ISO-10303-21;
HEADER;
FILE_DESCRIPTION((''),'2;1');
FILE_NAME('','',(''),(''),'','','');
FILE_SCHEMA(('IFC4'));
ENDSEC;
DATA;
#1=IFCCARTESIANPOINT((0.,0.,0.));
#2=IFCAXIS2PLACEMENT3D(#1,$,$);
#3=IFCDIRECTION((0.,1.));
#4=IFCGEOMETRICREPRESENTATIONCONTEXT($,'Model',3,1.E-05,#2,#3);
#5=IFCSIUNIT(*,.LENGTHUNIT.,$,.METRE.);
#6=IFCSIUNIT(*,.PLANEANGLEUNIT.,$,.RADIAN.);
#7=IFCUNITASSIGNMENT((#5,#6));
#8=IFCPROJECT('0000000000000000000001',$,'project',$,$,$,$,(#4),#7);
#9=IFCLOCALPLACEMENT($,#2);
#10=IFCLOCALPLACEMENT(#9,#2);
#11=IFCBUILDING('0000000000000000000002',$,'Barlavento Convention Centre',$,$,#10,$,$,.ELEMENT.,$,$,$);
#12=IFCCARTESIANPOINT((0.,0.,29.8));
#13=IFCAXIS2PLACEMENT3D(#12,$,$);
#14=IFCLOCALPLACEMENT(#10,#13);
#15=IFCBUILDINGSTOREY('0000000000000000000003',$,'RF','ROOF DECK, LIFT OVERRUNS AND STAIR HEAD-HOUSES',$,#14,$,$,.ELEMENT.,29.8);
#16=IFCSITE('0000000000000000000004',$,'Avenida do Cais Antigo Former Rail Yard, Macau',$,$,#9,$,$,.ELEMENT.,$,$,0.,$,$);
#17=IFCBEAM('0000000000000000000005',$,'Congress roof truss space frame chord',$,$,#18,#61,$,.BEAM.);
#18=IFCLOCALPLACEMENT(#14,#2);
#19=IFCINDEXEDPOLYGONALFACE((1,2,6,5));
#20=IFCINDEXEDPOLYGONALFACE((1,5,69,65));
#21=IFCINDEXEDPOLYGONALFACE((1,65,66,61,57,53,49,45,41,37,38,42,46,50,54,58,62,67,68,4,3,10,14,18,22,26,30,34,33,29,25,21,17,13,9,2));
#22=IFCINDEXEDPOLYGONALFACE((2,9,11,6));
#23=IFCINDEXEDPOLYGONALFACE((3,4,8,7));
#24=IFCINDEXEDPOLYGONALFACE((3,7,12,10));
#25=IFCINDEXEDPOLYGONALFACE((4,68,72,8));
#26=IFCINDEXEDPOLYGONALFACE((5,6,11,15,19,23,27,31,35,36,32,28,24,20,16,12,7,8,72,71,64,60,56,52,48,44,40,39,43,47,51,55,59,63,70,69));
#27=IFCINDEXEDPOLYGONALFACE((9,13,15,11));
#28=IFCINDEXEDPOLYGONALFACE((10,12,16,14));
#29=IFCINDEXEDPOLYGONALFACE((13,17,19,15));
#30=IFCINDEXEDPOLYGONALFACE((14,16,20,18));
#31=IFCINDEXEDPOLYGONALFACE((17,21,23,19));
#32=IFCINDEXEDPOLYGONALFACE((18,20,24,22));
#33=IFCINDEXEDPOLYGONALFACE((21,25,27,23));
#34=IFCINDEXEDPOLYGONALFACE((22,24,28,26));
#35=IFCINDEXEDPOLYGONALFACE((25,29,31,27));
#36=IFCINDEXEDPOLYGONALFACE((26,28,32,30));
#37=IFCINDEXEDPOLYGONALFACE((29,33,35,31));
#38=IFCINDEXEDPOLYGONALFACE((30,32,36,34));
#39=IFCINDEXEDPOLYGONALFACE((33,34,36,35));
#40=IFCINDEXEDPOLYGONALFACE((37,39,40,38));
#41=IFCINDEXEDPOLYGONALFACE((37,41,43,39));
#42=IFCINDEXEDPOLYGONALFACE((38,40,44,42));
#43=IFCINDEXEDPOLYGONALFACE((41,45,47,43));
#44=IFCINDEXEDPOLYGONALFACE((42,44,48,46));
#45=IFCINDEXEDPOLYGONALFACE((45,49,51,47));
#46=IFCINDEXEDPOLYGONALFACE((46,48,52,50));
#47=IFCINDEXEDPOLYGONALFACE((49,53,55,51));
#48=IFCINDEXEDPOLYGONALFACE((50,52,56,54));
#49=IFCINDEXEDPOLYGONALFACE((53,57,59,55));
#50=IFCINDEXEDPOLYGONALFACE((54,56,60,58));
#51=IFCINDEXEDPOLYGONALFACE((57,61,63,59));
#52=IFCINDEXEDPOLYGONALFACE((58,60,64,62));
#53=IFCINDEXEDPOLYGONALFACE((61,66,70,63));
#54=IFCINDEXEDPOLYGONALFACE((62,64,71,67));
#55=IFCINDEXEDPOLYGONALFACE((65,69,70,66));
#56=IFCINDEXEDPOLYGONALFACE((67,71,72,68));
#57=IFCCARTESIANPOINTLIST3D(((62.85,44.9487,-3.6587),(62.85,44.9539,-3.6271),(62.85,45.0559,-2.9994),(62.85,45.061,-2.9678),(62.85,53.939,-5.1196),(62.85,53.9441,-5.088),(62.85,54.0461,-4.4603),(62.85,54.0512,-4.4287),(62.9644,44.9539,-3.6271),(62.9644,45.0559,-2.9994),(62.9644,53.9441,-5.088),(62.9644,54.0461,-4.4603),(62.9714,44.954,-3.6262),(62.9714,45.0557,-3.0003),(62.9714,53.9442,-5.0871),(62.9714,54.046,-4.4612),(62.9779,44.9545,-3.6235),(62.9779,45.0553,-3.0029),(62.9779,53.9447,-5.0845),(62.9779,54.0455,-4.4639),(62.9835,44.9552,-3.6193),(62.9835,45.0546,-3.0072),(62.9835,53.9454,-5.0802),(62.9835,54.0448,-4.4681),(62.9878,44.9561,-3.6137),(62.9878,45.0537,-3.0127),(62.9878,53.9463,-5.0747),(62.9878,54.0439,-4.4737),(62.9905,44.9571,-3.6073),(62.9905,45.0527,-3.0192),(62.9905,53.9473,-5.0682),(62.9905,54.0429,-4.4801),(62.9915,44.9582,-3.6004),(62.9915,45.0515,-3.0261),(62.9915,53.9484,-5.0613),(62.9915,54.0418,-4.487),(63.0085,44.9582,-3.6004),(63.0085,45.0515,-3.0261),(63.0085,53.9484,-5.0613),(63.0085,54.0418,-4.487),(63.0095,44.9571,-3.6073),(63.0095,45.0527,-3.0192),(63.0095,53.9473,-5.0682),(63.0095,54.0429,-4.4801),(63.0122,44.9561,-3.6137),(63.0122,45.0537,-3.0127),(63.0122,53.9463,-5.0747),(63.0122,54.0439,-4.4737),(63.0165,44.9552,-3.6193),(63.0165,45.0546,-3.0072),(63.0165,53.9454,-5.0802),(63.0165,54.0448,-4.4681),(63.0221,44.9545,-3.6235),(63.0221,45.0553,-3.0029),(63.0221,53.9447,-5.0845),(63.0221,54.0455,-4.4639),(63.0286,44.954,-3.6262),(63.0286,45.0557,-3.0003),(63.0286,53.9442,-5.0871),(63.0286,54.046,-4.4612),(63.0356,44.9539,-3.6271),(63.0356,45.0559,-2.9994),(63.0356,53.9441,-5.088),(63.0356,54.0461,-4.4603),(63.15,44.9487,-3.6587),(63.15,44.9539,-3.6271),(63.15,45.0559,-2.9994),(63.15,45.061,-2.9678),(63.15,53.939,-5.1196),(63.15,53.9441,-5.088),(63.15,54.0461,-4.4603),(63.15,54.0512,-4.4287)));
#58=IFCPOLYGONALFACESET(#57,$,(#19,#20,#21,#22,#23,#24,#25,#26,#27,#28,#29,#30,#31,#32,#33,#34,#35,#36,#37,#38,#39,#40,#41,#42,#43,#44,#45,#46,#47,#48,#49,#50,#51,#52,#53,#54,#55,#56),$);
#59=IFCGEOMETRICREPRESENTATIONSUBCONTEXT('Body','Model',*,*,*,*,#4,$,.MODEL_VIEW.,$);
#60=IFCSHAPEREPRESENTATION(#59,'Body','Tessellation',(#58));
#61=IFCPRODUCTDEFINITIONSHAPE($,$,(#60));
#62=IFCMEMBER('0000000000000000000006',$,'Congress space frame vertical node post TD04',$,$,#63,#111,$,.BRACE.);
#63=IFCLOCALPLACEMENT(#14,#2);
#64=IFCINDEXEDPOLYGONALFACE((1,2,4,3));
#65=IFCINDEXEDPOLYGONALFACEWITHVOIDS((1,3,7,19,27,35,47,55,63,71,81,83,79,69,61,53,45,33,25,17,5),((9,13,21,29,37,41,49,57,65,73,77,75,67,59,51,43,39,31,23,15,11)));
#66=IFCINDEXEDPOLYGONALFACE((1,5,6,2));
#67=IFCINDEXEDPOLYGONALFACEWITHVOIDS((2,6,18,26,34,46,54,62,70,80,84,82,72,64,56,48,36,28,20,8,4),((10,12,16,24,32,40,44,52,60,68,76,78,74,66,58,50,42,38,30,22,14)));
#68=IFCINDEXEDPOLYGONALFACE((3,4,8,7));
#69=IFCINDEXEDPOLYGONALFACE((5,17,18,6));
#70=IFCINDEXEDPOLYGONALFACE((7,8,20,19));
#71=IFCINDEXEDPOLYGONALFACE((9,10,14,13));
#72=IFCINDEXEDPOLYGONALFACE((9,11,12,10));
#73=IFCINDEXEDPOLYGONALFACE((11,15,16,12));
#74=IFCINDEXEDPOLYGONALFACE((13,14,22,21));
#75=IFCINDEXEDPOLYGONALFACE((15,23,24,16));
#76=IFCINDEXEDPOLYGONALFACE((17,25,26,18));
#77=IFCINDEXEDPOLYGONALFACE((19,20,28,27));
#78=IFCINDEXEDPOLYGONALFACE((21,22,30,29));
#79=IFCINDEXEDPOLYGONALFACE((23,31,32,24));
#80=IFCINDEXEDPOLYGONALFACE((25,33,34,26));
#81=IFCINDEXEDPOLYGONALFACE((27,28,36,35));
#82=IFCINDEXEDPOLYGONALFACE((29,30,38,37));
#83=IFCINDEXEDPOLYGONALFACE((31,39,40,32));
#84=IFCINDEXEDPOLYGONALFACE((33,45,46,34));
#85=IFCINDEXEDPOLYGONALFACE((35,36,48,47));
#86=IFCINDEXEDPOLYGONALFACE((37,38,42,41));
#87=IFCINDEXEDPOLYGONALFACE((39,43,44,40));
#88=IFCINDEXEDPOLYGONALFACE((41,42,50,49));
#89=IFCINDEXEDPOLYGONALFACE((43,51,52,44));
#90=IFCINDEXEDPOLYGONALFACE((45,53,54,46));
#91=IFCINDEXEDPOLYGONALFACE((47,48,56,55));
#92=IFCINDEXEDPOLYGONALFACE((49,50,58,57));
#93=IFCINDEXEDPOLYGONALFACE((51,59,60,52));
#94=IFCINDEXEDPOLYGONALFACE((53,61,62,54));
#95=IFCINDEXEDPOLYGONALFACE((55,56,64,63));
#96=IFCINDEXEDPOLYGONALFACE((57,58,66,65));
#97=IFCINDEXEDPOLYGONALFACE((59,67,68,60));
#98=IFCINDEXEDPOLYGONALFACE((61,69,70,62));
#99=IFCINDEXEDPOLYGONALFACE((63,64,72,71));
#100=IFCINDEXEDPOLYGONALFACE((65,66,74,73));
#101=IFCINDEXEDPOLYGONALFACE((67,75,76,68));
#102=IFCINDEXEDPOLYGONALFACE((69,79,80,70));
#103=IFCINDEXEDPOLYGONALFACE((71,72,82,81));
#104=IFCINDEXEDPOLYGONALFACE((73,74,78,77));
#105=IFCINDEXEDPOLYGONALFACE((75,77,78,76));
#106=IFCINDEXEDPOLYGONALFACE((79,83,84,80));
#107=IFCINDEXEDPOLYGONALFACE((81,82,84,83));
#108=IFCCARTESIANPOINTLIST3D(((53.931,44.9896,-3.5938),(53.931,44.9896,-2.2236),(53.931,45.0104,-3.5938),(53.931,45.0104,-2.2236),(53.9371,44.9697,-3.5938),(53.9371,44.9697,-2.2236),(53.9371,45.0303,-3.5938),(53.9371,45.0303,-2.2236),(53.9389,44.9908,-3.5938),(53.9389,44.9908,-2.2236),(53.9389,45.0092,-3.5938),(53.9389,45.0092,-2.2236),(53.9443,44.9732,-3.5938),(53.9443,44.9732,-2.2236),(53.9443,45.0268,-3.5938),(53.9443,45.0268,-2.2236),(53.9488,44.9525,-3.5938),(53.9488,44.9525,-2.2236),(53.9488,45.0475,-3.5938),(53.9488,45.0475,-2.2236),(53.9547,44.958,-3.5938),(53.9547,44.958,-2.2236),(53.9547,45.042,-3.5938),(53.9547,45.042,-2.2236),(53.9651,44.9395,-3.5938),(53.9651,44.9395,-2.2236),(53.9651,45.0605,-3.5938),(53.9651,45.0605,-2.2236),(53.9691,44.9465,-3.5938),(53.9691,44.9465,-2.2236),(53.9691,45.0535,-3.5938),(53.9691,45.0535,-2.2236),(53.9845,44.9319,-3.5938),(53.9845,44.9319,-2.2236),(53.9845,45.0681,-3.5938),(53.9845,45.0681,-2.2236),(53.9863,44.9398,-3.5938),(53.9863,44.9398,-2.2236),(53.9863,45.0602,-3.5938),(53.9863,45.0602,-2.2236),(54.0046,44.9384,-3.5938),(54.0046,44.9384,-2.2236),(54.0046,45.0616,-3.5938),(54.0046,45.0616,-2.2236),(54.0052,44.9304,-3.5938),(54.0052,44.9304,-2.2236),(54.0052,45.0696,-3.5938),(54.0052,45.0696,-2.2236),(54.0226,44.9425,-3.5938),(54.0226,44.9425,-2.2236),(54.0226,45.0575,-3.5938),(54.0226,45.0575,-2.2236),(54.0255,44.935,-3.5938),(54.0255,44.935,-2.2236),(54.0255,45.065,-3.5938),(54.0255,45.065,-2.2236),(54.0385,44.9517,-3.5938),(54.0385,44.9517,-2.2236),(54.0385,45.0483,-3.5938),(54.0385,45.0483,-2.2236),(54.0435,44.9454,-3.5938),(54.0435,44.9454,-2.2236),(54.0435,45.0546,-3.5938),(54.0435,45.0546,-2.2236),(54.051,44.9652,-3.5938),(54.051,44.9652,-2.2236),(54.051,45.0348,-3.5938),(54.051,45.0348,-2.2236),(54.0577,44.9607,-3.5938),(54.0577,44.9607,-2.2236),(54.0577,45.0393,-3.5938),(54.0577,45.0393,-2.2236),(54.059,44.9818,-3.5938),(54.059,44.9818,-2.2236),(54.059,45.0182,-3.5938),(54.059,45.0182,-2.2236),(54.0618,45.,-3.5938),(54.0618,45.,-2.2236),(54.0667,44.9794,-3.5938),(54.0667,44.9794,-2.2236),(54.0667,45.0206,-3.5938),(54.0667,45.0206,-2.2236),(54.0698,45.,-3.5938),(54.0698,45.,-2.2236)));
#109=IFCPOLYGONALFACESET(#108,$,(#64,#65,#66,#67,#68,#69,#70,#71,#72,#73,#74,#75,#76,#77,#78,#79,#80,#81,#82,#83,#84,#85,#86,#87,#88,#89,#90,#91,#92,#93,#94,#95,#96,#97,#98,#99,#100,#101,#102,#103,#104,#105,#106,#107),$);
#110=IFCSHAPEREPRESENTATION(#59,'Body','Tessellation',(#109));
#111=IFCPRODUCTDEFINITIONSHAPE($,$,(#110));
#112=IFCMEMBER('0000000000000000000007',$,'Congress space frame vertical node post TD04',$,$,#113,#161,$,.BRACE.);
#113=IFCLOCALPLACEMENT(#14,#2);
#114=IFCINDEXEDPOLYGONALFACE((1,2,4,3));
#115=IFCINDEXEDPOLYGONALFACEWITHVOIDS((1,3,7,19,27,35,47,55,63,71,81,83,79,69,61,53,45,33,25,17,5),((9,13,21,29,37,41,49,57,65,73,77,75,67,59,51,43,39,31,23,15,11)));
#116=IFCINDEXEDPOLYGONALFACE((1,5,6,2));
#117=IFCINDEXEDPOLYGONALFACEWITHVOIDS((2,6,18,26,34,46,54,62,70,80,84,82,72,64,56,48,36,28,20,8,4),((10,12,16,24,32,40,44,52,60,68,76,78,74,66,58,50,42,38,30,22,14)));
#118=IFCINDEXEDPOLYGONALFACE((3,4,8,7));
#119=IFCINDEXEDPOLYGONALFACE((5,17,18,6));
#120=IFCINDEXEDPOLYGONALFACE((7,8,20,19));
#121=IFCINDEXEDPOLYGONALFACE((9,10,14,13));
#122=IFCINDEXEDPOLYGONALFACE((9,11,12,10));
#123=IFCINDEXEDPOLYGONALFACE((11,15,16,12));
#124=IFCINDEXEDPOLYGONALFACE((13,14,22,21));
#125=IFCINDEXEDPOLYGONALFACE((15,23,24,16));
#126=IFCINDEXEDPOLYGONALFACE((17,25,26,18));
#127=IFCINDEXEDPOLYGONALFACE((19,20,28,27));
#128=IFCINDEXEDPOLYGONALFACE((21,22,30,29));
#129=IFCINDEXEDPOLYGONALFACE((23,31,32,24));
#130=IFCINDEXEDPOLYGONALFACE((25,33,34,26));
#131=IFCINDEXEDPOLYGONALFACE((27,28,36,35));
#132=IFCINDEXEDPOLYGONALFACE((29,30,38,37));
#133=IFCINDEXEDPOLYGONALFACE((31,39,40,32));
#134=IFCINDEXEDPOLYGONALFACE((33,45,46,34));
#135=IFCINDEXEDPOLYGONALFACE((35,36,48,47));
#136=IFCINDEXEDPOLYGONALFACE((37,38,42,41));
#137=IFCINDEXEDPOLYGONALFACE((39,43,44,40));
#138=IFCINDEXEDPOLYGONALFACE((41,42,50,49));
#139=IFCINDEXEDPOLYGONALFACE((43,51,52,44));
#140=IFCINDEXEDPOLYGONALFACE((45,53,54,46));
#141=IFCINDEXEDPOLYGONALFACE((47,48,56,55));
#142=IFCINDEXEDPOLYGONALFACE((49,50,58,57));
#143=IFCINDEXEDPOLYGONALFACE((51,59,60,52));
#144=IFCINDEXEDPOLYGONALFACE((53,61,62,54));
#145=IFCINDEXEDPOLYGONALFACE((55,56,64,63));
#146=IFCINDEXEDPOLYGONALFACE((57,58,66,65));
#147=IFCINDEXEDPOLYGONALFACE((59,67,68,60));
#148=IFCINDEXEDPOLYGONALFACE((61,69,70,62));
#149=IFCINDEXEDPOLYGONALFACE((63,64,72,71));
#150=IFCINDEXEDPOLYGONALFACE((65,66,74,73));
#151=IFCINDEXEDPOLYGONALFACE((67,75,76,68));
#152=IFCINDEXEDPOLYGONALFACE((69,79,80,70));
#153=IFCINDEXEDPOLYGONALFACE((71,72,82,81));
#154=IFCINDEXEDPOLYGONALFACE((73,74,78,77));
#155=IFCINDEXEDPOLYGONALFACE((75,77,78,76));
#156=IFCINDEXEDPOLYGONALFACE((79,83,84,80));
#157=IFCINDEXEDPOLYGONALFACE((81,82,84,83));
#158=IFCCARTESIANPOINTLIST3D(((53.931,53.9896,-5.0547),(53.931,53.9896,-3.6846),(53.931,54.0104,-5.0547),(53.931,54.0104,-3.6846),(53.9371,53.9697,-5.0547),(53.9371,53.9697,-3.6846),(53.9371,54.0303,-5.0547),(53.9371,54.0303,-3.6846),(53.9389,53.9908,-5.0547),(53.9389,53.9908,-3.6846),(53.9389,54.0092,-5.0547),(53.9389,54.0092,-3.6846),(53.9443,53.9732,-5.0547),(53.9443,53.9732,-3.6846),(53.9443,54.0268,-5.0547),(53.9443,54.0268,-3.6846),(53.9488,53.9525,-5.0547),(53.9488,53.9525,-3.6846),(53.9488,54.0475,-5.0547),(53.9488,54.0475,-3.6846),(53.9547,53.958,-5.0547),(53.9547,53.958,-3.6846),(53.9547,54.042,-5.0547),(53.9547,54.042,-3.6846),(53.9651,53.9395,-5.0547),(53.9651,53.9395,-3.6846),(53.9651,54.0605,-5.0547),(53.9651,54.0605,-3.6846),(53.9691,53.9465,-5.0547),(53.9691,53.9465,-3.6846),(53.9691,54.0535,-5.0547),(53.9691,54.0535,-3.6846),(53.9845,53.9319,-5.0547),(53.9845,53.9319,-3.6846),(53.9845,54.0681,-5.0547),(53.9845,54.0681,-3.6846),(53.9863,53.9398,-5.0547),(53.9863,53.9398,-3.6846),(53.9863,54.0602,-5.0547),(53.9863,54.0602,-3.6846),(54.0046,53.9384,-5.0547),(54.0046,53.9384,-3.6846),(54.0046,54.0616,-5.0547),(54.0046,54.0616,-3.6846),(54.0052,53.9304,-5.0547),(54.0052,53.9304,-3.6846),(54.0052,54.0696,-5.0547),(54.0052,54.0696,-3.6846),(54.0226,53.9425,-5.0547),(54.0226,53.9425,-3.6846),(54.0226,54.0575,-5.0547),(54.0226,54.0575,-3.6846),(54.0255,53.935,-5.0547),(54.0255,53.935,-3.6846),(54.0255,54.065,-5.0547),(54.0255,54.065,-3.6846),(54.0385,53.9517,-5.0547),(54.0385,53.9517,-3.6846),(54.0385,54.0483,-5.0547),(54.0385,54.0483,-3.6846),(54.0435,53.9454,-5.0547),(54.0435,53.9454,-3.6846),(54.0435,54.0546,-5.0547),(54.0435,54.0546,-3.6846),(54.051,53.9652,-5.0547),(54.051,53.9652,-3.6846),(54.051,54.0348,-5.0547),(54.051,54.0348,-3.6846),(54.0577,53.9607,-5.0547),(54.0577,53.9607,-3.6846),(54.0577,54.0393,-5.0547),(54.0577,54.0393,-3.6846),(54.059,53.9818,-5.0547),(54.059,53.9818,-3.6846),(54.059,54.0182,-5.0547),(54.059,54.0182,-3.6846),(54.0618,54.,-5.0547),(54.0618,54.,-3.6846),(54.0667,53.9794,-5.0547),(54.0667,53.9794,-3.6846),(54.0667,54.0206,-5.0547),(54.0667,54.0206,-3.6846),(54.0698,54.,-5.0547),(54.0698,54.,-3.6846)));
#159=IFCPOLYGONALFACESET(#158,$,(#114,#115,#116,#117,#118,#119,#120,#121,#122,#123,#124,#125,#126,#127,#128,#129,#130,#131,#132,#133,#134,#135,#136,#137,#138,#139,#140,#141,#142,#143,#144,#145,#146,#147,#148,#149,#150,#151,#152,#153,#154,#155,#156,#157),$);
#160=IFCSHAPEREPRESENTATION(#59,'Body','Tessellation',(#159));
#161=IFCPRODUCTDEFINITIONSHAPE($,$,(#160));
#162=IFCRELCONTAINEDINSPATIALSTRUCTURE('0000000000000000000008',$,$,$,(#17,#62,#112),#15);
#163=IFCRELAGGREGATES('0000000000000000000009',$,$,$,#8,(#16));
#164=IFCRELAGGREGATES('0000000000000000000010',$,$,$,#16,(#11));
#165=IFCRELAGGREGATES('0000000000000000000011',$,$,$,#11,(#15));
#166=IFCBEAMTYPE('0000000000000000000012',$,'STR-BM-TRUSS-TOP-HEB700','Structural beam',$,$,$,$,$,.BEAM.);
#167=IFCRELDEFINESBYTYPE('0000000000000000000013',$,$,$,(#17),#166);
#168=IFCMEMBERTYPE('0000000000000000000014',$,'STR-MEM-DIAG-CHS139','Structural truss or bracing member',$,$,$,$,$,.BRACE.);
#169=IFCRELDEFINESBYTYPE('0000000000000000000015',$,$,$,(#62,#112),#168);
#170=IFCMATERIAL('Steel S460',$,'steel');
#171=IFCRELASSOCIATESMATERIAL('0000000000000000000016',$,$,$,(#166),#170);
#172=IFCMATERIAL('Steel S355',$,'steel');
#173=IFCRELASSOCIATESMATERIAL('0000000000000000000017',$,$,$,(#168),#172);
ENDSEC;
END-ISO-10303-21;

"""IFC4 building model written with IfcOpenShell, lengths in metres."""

from ifc_helpers import new_model, si_unit, direction, frame, origin, origin_2d, place, context, subcontext, project, spatial, hollow_circle, i_section, extrude, material, material_profile, profile_set, type_object, element, save


model = new_model("IFC4")

# Units and contexts
model_context = context("Model", 3, precision=1e-05, world=origin(), true_north=direction((0.0, 1.0)))
body_context = subcontext(model_context, "Body", "Model", "MODEL_VIEW")
ifc_project = project(units=[si_unit("LENGTHUNIT", "METRE"), si_unit("PLANEANGLEUNIT", "RADIAN")], contexts=[model_context])

# Site, building, storey
site_placement = place(None, origin())
site = spatial("IfcSite", under=ifc_project, at=site_placement, Name="Avenida do Cais Antigo Former Rail Yard, Macau", CompositionType="ELEMENT", RefElevation=0.0)
building_placement = place(site_placement, origin())
building = spatial("IfcBuilding", under=site, at=building_placement, Name="Barlavento Convention Centre", CompositionType="ELEMENT")
storey_placement = place(building_placement, frame((0.0, 0.0, 29.8)))
storey = spatial("IfcBuildingStorey", under=building, at=storey_placement, Name="RF", Description="ROOF DECK, LIFT OVERRUNS AND STAIR HEAD-HOUSES", CompositionType="ELEMENT", Elevation=29.8)

# Beam
ifc_material_1 = material(Name="Steel S355", Category="steel")
ifc_material_2 = material(Name="Steel S460", Category="steel")
ifc_material_profile_1 = material_profile(ifc_material_2, i_section(OverallWidth=0.3, OverallDepth=0.7, WebThickness=0.0171, FlangeThickness=0.032, FilletRadius=0.0271, at=origin_2d()), Name="HEB 700")
ifc_profile_set_1 = profile_set([ifc_material_profile_1], Name="Steel S460")
beam_type_1 = type_object("IfcBeamType", Name="STR-BM-TRUSS-TOP-HEB700", Description="Structural beam", PredefinedType="BEAM", material=ifc_profile_set_1)
beam_1_placement = place(storey_placement, frame((63.0, 45.0049, -3.3132), z_axis=(0.0, 0.987052, -0.160399), x_axis=(-1.0, 0.0, 0.0)))
element("IfcBeam", 1, at=beam_1_placement, inside=storey, type_object=beam_type_1, Name="Congress roof truss space frame chord", PredefinedType="BEAM", context=body_context, shape_type="SweptSolid", body=[
    extrude(i_section(OverallWidth=0.3, OverallDepth=0.7, WebThickness=0.0171, FlangeThickness=0.032, FilletRadius=0.0271, at=origin_2d()), origin(), (0.0, 0.0, 1.0), 9.1082),
])

# Members
ifc_material_profile_2 = material_profile(ifc_material_1, hollow_circle(Radius=0.0698, WallThickness=0.0081, at=origin_2d()), Name="CHS 139.7x8.0")
ifc_profile_set_2 = profile_set([ifc_material_profile_2], Name="Steel S355")
member_type_1 = type_object("IfcMemberType", Name="STR-MEM-DIAG-CHS139", Description="Structural truss or bracing member", PredefinedType="BRACE", material=ifc_profile_set_2)
for number, where, z_axis, x_axis, name in (
    (2, (54.0, 45.0, -3.5938), (0.0, 0.0, 1.0), (1.0, 0.0, 0.0), "Congress space frame vertical node post TD04"),
    (3, (54.0, 54.0, -5.0547), (0.0, 0.0, 1.0), (1.0, 0.0, 0.0), "Congress space frame vertical node post TD04"),
):
    element("IfcMember", number, at=place(storey_placement, frame(where, z_axis=z_axis, x_axis=x_axis)), inside=storey, type_object=member_type_1, Name=name, PredefinedType="BRACE", context=body_context, shape_type="SweptSolid", body=[
        extrude(hollow_circle(Radius=0.0698, WallThickness=0.0081, at=origin_2d()), origin(), (0.0, 0.0, 1.0), 1.3701),
    ])

save(model, "model.ifc")
